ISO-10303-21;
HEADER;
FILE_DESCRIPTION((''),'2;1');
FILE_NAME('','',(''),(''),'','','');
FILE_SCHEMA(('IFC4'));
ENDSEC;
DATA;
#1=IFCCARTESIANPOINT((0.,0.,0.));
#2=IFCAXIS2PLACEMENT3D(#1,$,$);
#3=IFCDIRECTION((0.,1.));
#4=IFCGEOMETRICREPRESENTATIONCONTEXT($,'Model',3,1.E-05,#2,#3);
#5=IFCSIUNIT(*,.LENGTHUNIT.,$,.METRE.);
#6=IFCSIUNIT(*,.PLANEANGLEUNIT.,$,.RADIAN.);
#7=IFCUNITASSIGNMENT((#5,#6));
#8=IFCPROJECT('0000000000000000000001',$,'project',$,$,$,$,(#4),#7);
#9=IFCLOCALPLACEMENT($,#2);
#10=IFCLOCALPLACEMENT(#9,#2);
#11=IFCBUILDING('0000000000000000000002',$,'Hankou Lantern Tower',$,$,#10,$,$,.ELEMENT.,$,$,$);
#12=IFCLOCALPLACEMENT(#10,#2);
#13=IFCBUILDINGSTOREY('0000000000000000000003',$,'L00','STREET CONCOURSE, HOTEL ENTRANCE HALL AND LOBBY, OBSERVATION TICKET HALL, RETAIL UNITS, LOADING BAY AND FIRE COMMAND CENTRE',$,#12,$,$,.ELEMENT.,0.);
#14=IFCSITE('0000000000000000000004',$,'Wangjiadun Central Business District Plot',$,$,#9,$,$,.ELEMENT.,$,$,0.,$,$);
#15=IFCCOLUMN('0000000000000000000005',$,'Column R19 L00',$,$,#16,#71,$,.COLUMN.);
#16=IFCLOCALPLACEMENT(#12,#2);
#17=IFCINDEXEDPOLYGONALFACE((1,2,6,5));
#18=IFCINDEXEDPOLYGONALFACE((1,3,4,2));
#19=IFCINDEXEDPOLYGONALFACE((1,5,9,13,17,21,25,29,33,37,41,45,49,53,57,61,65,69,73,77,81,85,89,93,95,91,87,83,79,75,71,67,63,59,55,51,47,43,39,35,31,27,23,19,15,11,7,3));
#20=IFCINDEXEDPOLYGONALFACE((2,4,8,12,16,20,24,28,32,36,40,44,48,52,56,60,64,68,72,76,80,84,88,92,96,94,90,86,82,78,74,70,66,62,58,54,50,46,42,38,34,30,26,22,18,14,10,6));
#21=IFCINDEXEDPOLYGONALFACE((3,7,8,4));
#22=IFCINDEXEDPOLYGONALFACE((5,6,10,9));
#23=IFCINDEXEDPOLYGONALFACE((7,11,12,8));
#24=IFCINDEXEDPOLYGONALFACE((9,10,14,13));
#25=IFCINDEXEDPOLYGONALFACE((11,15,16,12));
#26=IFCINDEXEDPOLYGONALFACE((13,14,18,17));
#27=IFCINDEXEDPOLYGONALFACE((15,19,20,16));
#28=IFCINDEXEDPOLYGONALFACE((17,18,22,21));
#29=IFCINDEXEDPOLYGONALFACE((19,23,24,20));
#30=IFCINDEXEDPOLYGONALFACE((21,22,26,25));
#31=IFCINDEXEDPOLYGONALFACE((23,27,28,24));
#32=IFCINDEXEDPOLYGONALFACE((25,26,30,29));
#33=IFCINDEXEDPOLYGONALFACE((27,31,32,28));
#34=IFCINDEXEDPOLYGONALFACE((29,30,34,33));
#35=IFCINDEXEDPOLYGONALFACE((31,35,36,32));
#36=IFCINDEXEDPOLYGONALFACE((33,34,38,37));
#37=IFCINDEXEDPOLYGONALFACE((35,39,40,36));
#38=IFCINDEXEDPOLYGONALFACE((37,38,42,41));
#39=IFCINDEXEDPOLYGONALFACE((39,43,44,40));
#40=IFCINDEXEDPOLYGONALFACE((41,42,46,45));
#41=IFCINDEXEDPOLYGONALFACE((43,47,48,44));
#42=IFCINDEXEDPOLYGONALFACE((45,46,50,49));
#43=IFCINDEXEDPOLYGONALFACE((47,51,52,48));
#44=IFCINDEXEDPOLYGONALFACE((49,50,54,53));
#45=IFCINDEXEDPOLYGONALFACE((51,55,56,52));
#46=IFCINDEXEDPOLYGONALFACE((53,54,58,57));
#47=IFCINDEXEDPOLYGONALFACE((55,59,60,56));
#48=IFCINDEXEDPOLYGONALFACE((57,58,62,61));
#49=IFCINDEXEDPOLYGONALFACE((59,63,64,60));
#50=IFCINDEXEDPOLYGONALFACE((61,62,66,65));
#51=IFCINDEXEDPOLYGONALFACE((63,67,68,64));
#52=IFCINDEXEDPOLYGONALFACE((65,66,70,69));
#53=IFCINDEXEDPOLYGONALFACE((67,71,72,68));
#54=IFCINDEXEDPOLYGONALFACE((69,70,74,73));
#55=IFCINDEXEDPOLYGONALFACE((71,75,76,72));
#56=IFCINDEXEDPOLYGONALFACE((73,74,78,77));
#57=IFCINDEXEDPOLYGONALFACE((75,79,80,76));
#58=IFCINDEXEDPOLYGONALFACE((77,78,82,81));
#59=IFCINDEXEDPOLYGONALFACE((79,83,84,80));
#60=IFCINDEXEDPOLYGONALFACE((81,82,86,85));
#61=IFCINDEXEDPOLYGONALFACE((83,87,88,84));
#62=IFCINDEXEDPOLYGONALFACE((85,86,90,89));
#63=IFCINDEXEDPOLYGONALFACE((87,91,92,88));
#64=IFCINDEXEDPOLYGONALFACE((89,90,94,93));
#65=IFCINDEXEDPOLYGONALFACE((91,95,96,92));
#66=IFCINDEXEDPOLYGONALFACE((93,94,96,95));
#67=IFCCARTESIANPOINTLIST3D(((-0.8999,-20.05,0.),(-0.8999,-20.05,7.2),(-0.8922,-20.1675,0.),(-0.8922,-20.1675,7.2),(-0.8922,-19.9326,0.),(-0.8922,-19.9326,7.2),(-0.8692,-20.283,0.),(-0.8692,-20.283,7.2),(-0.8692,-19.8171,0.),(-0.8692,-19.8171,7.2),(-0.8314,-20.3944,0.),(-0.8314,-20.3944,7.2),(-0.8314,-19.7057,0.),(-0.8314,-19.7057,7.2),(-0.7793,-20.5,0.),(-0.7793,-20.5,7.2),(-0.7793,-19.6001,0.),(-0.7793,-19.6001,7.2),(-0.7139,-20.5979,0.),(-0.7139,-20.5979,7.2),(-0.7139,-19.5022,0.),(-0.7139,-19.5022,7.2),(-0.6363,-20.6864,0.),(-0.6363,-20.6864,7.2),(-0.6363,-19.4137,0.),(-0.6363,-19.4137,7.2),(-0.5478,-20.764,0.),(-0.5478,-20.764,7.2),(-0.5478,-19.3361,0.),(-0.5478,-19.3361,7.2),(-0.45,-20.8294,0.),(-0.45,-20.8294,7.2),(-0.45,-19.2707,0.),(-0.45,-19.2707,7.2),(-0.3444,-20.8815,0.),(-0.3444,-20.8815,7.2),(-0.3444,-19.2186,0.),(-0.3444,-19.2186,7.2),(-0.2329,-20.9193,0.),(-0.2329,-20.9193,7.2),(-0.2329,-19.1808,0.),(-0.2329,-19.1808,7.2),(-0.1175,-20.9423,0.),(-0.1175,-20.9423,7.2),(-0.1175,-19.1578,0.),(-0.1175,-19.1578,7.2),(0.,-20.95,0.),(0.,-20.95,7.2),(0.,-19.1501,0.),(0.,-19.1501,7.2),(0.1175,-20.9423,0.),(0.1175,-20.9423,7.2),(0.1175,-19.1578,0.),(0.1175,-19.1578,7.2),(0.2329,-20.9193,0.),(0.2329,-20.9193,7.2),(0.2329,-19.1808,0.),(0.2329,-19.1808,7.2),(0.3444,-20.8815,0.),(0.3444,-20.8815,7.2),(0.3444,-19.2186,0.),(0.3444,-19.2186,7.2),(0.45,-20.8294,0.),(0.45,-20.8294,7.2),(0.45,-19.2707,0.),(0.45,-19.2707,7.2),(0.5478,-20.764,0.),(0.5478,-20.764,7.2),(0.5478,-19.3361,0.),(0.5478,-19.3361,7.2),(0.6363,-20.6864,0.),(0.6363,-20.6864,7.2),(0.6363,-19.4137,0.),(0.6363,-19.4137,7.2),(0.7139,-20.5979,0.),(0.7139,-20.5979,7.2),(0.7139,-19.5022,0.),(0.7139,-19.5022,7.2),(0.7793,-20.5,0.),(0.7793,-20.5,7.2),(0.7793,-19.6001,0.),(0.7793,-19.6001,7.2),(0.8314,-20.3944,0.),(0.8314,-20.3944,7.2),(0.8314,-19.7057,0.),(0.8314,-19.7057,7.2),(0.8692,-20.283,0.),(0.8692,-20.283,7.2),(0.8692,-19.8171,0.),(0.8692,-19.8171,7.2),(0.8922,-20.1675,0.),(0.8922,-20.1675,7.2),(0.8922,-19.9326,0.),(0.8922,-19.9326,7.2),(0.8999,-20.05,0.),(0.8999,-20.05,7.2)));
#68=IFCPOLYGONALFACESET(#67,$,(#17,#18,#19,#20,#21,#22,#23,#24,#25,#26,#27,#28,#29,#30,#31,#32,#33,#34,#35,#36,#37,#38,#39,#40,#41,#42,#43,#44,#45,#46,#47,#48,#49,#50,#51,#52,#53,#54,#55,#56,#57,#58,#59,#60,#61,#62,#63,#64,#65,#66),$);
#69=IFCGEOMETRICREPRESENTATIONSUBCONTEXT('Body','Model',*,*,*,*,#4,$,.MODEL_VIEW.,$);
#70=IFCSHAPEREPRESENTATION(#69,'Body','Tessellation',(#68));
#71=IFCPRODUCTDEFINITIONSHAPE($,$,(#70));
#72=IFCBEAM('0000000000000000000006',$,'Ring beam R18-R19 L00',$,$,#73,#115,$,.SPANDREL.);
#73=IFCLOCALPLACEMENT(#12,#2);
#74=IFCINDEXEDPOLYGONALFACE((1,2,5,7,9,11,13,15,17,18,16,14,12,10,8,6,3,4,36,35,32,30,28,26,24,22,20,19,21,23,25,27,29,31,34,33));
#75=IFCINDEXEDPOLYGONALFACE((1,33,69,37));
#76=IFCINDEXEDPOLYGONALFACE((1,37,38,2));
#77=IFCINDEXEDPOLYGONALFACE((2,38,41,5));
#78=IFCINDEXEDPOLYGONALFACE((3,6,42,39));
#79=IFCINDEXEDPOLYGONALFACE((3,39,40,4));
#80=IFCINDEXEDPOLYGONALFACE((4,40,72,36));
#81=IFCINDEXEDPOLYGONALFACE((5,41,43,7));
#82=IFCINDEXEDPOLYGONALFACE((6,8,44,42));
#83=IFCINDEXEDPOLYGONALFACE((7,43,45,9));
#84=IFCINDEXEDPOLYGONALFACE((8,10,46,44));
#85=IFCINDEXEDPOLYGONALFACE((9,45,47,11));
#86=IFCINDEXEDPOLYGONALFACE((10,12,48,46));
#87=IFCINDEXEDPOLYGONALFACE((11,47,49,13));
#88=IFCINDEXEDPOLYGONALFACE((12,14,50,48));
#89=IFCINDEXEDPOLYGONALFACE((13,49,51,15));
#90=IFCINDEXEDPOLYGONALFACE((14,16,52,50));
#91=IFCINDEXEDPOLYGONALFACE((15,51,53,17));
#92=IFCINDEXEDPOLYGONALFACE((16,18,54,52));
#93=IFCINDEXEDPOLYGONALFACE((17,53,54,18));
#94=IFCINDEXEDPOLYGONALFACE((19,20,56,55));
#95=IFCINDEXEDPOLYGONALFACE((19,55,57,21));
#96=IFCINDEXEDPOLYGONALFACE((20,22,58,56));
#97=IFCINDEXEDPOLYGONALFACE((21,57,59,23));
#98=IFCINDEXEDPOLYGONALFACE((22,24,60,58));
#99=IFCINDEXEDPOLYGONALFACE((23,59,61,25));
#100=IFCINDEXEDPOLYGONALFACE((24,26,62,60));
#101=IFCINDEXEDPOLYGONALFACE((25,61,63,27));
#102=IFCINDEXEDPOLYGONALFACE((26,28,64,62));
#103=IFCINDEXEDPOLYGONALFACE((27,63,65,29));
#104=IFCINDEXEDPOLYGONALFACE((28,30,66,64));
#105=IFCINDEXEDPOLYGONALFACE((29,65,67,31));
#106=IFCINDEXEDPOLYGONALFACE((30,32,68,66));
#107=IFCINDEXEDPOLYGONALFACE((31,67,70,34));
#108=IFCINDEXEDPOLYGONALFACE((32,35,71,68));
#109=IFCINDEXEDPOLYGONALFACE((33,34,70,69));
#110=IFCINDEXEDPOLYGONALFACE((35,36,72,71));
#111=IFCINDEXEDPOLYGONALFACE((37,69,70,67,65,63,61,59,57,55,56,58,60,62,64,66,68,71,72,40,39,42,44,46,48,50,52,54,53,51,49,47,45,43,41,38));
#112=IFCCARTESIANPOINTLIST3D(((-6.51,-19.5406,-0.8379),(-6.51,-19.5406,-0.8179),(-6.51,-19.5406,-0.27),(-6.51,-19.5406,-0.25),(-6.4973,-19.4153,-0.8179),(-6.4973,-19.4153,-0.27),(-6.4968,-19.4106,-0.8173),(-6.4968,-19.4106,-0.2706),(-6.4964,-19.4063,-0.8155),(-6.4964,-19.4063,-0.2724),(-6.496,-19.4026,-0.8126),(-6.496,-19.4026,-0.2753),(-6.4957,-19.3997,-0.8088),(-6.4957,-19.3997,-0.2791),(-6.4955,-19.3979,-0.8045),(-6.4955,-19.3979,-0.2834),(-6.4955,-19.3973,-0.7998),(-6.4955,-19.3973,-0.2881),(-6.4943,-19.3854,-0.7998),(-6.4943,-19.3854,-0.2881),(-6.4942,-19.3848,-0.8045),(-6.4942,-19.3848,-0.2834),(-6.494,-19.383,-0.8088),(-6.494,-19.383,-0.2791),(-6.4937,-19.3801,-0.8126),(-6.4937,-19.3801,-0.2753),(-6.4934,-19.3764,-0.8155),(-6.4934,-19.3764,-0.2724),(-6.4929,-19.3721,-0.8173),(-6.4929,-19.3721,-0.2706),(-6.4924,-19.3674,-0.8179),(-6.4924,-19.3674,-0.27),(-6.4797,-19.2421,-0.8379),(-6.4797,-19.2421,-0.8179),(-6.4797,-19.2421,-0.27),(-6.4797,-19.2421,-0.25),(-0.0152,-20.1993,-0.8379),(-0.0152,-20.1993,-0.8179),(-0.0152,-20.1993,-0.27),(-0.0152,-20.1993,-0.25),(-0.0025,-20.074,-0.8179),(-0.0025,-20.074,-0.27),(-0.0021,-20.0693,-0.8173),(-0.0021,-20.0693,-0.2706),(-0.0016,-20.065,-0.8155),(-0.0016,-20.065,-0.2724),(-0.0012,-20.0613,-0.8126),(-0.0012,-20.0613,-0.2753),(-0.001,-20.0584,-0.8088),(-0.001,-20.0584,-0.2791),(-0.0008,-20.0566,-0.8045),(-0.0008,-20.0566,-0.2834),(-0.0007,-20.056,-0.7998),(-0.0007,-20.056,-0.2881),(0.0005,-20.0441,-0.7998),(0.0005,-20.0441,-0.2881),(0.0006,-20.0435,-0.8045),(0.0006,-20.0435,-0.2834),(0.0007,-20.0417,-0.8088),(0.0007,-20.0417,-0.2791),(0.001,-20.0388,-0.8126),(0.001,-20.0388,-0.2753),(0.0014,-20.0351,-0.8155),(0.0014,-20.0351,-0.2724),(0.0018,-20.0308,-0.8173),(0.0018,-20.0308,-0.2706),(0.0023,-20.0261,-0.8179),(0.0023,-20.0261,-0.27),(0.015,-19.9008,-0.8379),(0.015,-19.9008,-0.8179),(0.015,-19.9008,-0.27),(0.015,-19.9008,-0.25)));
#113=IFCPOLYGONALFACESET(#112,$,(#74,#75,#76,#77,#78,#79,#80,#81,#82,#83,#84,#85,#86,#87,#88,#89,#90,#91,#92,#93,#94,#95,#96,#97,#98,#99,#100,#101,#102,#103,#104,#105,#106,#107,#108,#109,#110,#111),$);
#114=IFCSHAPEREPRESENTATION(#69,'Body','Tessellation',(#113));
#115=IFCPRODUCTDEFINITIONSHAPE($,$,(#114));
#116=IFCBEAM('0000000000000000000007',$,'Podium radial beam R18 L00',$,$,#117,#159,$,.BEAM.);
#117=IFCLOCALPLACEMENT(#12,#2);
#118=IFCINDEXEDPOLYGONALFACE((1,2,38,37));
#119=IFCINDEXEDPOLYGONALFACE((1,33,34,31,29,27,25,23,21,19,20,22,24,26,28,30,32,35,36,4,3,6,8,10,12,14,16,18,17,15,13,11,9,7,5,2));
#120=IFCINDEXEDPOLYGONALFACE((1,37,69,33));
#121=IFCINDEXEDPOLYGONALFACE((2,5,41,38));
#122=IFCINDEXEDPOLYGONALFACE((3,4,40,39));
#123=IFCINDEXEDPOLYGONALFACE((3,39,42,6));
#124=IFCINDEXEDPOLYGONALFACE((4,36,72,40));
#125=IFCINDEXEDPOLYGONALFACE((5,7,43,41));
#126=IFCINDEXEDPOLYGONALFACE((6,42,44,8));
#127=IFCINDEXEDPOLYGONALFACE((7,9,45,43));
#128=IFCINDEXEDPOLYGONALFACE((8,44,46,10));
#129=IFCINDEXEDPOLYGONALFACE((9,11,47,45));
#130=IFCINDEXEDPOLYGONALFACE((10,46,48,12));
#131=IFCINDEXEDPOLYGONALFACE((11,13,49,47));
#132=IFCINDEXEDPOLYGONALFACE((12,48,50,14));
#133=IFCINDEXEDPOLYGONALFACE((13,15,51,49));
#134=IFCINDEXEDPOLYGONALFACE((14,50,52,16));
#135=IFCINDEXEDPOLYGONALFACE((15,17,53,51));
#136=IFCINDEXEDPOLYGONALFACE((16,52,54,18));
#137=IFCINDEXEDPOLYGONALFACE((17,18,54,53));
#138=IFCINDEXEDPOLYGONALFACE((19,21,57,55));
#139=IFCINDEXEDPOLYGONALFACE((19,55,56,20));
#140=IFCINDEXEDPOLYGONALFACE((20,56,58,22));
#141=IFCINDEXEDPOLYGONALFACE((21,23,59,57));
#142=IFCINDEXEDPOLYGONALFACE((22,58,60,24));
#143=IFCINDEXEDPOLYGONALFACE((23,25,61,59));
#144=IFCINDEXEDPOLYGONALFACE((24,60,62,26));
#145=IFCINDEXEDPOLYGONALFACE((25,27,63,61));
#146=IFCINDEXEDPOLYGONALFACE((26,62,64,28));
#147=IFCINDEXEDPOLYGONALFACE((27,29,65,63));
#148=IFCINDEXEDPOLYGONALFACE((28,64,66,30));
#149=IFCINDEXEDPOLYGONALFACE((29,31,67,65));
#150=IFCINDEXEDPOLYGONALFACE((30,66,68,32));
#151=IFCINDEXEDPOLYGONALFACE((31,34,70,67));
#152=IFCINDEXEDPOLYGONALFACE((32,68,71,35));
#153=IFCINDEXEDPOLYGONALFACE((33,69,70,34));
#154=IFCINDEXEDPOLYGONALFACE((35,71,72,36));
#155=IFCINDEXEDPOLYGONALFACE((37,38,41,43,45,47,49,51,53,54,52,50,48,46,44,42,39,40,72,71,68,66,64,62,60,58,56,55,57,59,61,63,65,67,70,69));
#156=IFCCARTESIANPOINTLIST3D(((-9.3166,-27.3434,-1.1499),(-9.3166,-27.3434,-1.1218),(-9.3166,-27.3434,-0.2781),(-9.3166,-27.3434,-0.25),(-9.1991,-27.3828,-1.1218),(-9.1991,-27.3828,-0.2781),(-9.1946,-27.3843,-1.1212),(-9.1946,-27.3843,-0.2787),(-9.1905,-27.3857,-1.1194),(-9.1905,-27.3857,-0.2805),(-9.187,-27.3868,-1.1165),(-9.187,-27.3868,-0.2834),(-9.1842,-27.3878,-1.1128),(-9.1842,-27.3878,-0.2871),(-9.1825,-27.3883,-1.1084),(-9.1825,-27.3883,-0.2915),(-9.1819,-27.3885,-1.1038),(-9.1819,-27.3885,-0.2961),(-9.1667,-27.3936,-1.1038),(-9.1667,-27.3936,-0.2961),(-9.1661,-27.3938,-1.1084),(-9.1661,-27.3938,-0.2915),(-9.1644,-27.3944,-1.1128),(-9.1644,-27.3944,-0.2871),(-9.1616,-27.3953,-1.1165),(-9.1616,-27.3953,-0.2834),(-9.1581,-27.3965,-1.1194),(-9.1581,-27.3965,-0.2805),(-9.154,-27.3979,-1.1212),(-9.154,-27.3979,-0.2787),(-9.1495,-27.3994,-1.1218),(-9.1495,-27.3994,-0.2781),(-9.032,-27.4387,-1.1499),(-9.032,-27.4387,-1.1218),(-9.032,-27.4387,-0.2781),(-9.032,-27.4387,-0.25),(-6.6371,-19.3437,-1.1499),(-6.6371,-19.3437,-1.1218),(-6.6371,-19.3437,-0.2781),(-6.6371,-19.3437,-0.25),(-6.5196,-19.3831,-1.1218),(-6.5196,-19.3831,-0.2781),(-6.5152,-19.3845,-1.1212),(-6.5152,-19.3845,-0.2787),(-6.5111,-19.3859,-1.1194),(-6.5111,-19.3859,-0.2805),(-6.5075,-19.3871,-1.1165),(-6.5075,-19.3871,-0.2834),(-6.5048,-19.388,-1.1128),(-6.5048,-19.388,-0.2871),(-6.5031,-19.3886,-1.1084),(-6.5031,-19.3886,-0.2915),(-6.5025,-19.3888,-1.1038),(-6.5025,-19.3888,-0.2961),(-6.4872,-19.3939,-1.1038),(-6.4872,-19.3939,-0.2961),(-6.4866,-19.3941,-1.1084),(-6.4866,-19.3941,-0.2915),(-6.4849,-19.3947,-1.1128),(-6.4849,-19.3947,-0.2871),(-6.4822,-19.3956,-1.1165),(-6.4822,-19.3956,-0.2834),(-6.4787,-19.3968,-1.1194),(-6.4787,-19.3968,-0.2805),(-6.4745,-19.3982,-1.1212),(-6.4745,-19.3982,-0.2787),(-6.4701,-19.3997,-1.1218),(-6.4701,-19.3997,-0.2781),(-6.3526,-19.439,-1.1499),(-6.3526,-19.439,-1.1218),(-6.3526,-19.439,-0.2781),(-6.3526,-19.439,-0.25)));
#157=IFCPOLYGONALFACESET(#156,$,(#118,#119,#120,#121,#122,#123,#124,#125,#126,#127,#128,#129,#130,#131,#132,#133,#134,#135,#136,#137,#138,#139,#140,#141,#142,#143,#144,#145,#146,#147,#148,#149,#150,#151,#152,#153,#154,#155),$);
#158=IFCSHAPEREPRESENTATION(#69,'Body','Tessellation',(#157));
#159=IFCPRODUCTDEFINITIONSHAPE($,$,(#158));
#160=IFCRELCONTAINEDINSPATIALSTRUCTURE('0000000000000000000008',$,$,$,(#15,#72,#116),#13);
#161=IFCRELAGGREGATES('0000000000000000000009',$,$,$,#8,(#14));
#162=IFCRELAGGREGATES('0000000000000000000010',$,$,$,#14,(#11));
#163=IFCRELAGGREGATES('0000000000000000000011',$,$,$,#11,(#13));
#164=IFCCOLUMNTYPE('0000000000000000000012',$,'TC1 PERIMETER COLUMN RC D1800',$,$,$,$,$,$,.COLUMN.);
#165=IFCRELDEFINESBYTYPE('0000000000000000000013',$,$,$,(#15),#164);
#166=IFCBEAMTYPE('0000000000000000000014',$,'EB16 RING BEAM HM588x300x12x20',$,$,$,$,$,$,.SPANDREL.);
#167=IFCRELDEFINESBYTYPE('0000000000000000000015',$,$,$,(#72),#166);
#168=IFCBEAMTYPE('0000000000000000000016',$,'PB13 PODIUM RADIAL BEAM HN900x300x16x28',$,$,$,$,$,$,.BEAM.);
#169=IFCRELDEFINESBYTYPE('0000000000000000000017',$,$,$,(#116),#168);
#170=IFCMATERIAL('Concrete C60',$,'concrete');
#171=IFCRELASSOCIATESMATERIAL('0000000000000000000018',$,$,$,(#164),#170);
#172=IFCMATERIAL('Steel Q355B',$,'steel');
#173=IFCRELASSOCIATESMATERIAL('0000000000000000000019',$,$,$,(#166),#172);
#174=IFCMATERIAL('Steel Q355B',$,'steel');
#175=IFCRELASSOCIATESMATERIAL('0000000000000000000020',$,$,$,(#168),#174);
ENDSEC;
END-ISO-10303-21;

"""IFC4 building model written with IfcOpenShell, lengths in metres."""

from ifc_helpers import new_model, si_unit, direction, frame, origin, origin_2d, place, context, subcontext, project, spatial, circle, i_section, extrude, material, material_profile, profile_set, type_object, element, save


model = new_model("IFC4")

# Units and contexts
model_context = context("Model", 3, precision=1e-05, world=origin(), true_north=direction((0.0, 1.0)))
body_context = subcontext(model_context, "Body", "Model", "MODEL_VIEW")
ifc_project = project(units=[si_unit("LENGTHUNIT", "METRE"), si_unit("PLANEANGLEUNIT", "RADIAN")], contexts=[model_context])

# Site, building, storey
site_placement = place(None, origin())
site = spatial("IfcSite", under=ifc_project, at=site_placement, Name="Wangjiadun Central Business District Plot", CompositionType="ELEMENT", RefElevation=0.0)
building_placement = place(site_placement, origin())
building = spatial("IfcBuilding", under=site, at=building_placement, Name="Hankou Lantern Tower", CompositionType="ELEMENT")
storey_placement = place(building_placement, origin())
storey = spatial("IfcBuildingStorey", under=building, at=storey_placement, Name="L00", Description="STREET CONCOURSE, HOTEL ENTRANCE HALL AND LOBBY, OBSERVATION TICKET HALL, RETAIL UNITS, LOADING BAY AND FIRE COMMAND CENTRE", CompositionType="ELEMENT", Elevation=0.0)

# Column
ifc_material_1 = material(Name="Concrete C60", Category="concrete")
ifc_material_profile_1 = material_profile(ifc_material_1, circle(Radius=0.8999, at=origin_2d()), Name="RC D1800")
ifc_profile_set_1 = profile_set([ifc_material_profile_1], Name="Concrete C60")
column_type_1 = type_object("IfcColumnType", Name="TC1 PERIMETER COLUMN RC D1800", PredefinedType="COLUMN", material=ifc_profile_set_1)
for number, where, z_axis, x_axis, name in (
    (1, (0.0, -20.05, 0.0), (0.0, 0.0, 1.0), (1.0, 0.0, 0.0), "Column R19 L00"),
):
    element("IfcColumn", number, at=place(storey_placement, frame(where, z_axis=z_axis, x_axis=x_axis)), inside=storey, type_object=column_type_1, Name=name, PredefinedType="COLUMN", context=body_context, shape_type="SweptSolid", body=[
        extrude(circle(Radius=0.8999, at=origin_2d()), origin(), (0.0, 0.0, 1.0), 7.2),
    ])

# Beams
ifc_material_2 = material(Name="Steel Q355B", Category="steel")
ifc_material_profile_2 = material_profile(ifc_material_2, i_section(OverallWidth=0.3, OverallDepth=0.5879, WebThickness=0.012, FlangeThickness=0.02, FilletRadius=0.0181, at=origin_2d()), Name="HM588x300x12x20")
ifc_profile_set_2 = profile_set([ifc_material_profile_2], Name="Steel Q355B")
beam_type_1 = type_object("IfcBeamType", Name="EB16 RING BEAM HM588x300x12x20", PredefinedType="SPANDREL", material=ifc_profile_set_2)
beam_1_placement = place(storey_placement, frame((-6.4949, -19.3914, -0.5439), z_axis=(0.994897, -0.1009, 0.0), x_axis=(0.1009, 0.994897, 0.0)))
element("IfcBeam", 2, at=beam_1_placement, inside=storey, type_object=beam_type_1, Name="Ring beam R18-R19 L00", PredefinedType="SPANDREL", context=body_context, shape_type="SweptSolid", body=[
    extrude(i_section(OverallWidth=0.3, OverallDepth=0.5879, WebThickness=0.012, FlangeThickness=0.02, FilletRadius=0.0181, at=origin_2d()), origin(), (0.0, 0.0, 1.0), 6.5281),
])
ifc_material_3 = material(Name="Steel Q355B", Category="steel")
ifc_material_profile_3 = material_profile(ifc_material_3, i_section(OverallWidth=0.3, OverallDepth=0.8999, WebThickness=0.0161, FlangeThickness=0.0281, FilletRadius=0.0181, at=origin_2d()), Name="HN900x300x16x28")
ifc_profile_set_3 = profile_set([ifc_material_profile_3], Name="Steel Q355B")
beam_type_2 = type_object("IfcBeamType", Name="PB13 PODIUM RADIAL BEAM HN900x300x16x28", PredefinedType="BEAM", material=ifc_profile_set_3)
beam_2_placement = place(storey_placement, frame((-6.4949, -19.3914, -0.7), z_axis=(-0.317599, -0.948225, 0.0), x_axis=(0.948225, -0.317599, 0.0)))
element("IfcBeam", 3, at=beam_2_placement, inside=storey, type_object=beam_type_2, Name="Podium radial beam R18 L00", PredefinedType="BEAM", context=body_context, shape_type="SweptSolid", body=[
    extrude(i_section(OverallWidth=0.3, OverallDepth=0.8999, WebThickness=0.0161, FlangeThickness=0.0281, FilletRadius=0.0181, at=origin_2d()), origin(), (0.0, 0.0, 1.0), 8.4365),
])

save(model, "model.ifc")
